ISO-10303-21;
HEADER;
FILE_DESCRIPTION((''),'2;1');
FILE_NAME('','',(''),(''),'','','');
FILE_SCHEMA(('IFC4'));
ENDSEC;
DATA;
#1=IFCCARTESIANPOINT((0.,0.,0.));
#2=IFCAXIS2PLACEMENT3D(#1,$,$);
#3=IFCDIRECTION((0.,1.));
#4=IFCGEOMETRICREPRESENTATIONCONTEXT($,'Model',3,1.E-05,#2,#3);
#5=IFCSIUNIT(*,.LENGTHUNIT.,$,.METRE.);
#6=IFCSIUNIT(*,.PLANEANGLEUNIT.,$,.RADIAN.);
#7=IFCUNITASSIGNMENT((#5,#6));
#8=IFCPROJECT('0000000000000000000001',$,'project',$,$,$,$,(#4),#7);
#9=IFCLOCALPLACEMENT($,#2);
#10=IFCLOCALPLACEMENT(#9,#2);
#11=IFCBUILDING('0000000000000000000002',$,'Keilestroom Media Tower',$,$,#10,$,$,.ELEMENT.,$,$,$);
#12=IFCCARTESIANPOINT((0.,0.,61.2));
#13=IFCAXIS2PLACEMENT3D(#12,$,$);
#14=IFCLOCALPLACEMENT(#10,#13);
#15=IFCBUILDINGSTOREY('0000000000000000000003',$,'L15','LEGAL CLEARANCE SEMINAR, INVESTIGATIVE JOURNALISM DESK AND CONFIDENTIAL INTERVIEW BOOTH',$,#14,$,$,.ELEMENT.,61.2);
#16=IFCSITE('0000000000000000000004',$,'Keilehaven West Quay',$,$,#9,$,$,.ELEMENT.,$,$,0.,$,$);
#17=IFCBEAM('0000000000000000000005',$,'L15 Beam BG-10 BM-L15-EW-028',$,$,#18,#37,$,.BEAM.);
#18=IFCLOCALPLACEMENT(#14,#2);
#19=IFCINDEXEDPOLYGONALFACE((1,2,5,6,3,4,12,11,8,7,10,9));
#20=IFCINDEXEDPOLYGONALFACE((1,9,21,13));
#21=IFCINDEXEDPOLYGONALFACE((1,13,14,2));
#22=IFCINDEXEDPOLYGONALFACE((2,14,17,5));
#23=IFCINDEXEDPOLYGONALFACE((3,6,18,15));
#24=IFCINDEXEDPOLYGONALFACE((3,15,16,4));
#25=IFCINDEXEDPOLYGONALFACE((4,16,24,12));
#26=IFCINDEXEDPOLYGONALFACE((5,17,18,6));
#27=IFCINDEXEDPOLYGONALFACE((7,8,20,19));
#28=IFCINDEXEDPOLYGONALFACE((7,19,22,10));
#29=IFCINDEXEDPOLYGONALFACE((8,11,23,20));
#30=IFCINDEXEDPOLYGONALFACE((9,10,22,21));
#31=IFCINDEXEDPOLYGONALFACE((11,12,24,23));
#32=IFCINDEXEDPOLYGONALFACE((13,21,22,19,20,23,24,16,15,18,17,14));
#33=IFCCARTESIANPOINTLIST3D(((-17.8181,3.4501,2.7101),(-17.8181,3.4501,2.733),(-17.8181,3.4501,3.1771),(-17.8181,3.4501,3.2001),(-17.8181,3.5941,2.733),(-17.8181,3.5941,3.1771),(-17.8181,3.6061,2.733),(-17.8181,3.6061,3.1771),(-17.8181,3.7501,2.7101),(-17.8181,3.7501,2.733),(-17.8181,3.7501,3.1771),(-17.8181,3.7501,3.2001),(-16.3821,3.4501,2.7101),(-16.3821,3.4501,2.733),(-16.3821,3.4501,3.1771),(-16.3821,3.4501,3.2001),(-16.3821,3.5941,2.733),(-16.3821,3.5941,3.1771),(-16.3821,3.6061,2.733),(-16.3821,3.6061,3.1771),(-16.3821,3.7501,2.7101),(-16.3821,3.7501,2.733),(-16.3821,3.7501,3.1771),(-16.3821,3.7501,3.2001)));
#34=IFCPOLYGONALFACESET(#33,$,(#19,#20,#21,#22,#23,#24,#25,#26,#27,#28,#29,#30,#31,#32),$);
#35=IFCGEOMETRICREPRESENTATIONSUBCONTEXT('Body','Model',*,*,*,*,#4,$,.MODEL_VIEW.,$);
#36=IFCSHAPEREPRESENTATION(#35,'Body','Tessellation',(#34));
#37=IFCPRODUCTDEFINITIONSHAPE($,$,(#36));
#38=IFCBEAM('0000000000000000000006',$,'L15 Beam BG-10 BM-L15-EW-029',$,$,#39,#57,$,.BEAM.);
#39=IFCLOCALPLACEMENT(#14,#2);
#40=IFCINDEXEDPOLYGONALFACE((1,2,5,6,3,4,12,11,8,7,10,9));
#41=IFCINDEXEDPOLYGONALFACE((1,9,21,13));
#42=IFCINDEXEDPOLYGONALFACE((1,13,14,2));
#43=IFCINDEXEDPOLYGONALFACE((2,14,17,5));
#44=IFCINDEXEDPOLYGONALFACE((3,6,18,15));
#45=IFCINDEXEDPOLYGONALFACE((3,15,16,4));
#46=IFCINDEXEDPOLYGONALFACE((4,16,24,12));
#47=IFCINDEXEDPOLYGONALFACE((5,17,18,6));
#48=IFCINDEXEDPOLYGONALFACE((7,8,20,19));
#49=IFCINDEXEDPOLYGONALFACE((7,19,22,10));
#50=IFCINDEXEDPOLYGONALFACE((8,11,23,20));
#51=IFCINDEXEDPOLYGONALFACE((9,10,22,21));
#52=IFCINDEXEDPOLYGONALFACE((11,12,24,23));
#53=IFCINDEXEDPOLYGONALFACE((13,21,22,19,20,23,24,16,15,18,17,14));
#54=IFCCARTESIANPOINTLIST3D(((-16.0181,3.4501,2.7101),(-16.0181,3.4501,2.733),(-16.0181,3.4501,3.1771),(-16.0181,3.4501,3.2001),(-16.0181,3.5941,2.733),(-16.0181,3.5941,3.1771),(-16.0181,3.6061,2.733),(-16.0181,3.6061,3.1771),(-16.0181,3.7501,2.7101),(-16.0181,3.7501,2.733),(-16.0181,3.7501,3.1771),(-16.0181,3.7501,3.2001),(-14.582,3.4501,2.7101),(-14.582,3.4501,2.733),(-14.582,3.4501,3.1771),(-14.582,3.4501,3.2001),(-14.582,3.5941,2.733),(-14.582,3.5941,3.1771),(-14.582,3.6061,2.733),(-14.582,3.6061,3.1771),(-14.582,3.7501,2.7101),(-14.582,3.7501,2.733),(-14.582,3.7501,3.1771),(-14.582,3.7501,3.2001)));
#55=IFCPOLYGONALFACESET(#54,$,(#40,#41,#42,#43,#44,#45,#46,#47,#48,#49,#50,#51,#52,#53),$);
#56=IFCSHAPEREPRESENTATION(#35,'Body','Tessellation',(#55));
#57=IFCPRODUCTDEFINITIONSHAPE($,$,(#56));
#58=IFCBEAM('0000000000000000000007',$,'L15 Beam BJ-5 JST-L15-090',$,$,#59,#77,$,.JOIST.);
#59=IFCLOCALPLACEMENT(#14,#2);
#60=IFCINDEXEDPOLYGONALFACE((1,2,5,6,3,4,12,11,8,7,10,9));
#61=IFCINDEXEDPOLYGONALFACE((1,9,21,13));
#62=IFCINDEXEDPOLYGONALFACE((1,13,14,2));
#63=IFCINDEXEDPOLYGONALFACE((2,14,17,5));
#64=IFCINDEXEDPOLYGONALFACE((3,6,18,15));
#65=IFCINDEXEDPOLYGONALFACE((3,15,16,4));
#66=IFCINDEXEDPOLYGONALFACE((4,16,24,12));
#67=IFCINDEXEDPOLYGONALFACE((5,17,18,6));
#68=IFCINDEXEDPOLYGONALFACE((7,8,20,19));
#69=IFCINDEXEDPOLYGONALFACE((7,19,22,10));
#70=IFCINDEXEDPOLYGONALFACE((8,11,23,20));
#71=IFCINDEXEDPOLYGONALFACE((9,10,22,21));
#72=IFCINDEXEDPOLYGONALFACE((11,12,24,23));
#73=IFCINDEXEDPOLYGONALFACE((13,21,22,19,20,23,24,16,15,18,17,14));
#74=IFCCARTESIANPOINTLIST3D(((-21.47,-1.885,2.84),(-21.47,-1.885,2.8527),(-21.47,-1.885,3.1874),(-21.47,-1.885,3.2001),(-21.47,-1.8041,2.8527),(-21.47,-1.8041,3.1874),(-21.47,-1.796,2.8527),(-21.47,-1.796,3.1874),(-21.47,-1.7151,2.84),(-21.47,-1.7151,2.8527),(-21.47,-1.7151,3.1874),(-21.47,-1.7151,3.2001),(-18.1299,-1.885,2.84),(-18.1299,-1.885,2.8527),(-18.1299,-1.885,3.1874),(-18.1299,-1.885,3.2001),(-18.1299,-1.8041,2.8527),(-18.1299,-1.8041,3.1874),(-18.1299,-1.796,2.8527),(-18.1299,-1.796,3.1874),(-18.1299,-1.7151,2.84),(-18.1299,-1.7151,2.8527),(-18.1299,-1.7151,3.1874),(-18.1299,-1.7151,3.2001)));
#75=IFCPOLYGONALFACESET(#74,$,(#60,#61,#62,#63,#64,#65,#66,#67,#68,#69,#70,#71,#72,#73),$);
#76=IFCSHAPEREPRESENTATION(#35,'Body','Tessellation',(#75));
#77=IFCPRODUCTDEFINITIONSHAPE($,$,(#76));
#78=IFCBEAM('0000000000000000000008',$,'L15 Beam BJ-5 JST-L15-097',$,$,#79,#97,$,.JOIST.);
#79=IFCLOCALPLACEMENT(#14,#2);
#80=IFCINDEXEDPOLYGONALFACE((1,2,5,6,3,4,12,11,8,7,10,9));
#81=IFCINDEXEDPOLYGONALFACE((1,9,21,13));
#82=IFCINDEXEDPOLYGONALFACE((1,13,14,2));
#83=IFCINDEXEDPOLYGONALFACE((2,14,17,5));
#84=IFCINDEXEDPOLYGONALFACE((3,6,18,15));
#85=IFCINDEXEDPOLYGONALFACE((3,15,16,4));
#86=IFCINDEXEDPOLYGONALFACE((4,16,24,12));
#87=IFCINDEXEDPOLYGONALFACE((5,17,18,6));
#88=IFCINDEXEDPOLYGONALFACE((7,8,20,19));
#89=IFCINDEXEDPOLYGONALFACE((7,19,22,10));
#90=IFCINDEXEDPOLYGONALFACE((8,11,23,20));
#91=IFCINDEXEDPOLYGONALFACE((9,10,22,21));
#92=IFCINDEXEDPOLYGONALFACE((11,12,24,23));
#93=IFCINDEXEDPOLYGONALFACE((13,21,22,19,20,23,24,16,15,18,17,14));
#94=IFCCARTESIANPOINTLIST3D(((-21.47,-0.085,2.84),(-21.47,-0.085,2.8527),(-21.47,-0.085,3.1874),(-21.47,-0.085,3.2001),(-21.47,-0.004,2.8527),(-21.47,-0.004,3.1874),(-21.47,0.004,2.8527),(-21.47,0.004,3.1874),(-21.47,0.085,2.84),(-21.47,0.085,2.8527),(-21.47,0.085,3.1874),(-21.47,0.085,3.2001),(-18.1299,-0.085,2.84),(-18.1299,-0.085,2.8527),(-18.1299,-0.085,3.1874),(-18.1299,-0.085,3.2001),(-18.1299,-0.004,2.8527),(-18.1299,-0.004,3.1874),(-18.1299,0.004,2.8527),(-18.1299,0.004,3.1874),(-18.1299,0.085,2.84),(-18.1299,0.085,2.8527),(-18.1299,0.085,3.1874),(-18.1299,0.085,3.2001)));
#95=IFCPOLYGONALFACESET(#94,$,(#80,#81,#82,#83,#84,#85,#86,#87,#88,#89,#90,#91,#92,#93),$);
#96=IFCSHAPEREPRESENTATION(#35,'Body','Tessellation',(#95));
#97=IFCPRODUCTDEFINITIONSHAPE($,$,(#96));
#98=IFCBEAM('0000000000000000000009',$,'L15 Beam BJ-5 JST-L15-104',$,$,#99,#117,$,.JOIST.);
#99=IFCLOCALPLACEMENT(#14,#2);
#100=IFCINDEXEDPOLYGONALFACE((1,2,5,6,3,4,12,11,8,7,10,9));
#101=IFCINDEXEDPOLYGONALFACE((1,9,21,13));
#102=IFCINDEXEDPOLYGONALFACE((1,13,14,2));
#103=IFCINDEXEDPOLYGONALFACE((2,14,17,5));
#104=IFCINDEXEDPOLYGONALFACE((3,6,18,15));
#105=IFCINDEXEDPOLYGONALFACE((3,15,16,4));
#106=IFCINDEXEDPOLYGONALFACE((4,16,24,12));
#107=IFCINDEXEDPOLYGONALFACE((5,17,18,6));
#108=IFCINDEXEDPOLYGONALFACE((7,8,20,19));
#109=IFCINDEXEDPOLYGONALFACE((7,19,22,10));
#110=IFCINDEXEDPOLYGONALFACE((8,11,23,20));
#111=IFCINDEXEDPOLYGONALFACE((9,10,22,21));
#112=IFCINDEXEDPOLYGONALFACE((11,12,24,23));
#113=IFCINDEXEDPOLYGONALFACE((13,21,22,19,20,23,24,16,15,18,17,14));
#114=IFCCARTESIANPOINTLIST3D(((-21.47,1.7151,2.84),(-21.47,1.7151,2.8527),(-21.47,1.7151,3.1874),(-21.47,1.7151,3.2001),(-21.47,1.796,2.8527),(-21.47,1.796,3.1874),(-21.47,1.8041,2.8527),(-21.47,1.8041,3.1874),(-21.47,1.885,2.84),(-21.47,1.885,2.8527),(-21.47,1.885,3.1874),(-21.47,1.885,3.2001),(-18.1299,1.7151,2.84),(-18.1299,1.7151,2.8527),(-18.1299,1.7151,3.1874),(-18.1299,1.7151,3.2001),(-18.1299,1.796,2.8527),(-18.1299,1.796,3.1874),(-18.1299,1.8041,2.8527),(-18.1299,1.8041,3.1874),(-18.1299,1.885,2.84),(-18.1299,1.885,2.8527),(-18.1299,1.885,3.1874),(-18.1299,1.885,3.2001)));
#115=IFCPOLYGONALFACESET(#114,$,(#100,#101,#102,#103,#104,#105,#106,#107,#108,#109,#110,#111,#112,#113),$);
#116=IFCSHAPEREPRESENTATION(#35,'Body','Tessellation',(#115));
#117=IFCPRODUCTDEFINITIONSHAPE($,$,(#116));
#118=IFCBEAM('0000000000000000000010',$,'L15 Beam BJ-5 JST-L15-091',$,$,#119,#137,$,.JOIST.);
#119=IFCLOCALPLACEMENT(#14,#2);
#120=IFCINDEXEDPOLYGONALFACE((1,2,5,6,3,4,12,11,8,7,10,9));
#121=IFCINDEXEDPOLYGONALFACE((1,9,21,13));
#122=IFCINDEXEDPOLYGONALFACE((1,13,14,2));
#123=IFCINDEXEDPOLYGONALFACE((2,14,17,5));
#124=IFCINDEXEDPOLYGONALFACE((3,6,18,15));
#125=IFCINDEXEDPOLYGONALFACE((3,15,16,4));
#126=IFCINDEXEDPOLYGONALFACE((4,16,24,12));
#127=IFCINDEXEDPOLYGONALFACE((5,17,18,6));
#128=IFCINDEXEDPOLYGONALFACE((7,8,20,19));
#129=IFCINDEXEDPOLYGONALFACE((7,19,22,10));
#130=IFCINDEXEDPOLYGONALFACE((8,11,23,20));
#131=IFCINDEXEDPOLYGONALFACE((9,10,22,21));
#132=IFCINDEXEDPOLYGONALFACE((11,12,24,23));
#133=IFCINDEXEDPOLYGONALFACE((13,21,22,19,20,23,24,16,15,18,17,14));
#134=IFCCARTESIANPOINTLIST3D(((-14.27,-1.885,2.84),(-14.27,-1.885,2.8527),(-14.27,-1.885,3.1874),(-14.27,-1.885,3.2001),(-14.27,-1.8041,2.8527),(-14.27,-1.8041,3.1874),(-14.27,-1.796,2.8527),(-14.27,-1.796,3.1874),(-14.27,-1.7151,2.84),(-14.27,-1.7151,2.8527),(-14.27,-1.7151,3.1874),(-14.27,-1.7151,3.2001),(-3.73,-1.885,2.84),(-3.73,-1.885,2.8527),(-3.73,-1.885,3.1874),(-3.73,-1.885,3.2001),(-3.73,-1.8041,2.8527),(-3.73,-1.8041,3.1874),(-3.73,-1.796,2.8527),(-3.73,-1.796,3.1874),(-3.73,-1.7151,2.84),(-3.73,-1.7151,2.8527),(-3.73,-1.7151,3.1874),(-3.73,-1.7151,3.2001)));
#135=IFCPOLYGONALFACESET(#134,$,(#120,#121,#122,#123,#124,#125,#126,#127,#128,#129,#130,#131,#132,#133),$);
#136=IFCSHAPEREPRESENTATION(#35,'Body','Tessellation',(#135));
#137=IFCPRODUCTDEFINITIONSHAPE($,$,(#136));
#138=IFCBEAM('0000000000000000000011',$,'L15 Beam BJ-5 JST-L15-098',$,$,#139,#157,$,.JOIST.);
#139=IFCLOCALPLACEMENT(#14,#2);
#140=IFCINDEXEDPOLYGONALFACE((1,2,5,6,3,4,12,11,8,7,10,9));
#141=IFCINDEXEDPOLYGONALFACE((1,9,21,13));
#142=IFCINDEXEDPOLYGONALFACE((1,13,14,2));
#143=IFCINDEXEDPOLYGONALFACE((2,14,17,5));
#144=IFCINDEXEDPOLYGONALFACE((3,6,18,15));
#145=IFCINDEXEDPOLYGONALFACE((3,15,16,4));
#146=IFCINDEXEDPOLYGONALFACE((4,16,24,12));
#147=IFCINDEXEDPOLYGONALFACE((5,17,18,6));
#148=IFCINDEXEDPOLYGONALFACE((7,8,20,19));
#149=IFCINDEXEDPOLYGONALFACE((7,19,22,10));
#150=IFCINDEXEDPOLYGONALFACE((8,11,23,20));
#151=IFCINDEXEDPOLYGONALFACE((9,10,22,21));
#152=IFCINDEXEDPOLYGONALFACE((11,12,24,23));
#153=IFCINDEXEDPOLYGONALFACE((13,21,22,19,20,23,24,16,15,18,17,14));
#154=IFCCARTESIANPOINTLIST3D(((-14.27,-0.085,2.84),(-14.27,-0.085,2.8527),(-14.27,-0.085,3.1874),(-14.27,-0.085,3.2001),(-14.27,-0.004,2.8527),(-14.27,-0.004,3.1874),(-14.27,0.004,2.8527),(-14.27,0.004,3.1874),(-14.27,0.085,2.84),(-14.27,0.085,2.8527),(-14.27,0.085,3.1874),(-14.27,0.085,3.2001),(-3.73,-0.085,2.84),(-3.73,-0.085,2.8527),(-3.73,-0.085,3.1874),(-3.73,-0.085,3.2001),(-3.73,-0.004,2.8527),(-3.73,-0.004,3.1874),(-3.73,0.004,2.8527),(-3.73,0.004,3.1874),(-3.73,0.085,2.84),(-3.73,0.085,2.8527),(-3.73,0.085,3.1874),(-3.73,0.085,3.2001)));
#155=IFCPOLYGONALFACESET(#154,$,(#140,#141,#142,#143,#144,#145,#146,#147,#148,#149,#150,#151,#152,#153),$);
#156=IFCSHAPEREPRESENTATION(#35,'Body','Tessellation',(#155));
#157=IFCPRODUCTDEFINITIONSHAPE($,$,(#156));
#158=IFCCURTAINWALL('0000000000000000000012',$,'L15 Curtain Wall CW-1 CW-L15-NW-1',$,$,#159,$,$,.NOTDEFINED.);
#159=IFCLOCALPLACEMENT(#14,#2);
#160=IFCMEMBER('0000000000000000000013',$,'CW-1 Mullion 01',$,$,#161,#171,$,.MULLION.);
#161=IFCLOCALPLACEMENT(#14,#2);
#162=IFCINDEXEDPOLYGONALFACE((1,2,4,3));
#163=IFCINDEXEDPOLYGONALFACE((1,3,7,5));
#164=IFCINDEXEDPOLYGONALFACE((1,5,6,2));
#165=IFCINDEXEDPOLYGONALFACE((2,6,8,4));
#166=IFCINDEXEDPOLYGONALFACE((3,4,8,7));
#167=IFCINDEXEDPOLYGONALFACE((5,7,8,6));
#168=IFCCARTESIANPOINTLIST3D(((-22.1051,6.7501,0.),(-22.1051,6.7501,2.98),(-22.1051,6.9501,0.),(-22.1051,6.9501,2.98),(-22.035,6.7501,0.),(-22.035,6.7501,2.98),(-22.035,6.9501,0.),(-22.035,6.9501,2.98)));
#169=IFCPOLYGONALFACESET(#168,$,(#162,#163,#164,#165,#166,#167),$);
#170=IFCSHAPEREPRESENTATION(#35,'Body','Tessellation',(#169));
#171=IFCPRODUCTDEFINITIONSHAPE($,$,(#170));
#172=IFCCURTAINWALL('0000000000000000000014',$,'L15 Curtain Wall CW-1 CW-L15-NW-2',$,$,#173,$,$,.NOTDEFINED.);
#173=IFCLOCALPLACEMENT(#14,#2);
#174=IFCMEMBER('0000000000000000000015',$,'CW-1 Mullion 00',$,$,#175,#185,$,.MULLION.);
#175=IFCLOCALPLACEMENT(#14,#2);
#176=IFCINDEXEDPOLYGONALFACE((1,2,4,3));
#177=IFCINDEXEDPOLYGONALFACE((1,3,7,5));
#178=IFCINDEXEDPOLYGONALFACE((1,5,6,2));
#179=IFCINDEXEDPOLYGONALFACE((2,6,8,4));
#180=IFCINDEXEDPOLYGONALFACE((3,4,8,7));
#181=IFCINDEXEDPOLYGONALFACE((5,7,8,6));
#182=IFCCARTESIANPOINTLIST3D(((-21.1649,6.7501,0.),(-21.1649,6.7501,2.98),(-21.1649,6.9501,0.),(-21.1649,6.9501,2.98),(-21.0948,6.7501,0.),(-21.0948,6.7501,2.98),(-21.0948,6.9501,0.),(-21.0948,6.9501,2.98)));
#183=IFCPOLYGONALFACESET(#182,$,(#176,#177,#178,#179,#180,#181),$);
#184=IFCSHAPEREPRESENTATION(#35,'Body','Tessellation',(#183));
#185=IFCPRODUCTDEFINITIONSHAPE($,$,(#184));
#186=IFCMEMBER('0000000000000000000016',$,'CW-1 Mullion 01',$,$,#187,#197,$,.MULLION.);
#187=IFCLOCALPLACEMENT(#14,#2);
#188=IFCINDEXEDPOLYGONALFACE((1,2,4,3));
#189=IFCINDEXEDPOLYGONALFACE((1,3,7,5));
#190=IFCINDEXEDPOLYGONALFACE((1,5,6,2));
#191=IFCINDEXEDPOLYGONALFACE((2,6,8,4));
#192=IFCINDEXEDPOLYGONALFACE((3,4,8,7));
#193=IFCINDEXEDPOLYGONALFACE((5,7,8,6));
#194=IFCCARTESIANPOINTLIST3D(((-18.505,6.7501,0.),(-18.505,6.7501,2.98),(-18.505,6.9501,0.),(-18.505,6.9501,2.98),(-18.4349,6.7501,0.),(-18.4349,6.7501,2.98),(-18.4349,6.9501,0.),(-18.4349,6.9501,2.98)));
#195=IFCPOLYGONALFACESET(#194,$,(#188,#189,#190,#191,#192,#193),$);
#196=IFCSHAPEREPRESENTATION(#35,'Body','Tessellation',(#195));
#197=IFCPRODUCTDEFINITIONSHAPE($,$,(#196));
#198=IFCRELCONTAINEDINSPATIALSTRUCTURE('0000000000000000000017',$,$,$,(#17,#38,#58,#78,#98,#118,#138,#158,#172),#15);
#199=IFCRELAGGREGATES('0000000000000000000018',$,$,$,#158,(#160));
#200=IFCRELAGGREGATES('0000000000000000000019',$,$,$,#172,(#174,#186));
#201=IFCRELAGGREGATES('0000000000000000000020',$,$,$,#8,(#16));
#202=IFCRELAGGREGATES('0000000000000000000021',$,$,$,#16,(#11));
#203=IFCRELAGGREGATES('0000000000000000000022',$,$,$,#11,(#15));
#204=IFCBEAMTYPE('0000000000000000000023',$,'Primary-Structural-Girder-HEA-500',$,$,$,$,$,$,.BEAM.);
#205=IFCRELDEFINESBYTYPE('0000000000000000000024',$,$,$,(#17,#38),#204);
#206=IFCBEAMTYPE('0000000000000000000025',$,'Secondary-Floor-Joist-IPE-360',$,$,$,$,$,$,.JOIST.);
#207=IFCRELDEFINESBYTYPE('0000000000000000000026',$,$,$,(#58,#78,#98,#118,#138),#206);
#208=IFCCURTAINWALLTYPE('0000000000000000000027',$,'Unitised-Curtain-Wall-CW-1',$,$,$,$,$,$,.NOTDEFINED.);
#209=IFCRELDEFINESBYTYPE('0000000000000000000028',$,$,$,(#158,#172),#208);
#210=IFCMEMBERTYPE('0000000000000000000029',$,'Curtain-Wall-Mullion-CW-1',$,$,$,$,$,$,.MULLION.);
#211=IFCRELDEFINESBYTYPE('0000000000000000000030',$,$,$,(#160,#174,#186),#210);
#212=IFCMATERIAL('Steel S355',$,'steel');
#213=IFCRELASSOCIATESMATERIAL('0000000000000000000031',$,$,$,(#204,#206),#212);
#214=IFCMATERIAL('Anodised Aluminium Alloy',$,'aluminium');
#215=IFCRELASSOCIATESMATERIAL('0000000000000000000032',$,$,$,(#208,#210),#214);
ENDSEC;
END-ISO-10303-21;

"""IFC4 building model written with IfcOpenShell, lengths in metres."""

from ifc_helpers import new_model, si_unit, direction, frame, origin, origin_2d, place, context, subcontext, project, spatial, rectangle, i_section, extrude, source, transform, mapped, material, material_profile, profile_set, type_object, element, aggregate, save


model = new_model("IFC4")

# Units and contexts
model_context = context("Model", 3, precision=1e-05, world=origin(), true_north=direction((0.0, 1.0)))
body_context = subcontext(model_context, "Body", "Model", "MODEL_VIEW")
ifc_project = project(units=[si_unit("LENGTHUNIT", "METRE"), si_unit("PLANEANGLEUNIT", "RADIAN")], contexts=[model_context])

# Site, building, storey
site_placement = place(None, origin())
site = spatial("IfcSite", under=ifc_project, at=site_placement, Name="Keilehaven West Quay", CompositionType="ELEMENT", RefElevation=0.0)
building_placement = place(site_placement, origin())
building = spatial("IfcBuilding", under=site, at=building_placement, Name="Keilestroom Media Tower", CompositionType="ELEMENT")
storey_placement = place(building_placement, frame((0.0, 0.0, 61.2)))
storey = spatial("IfcBuildingStorey", under=building, at=storey_placement, Name="L15", Description="LEGAL CLEARANCE SEMINAR, INVESTIGATIVE JOURNALISM DESK AND CONFIDENTIAL INTERVIEW BOOTH", CompositionType="ELEMENT", Elevation=61.2)

# Beams
ifc_material_1 = material(Name="Steel S355", Category="steel")
ifc_material_profile_1 = material_profile(ifc_material_1, i_section(OverallWidth=0.3, OverallDepth=0.49, WebThickness=0.012, FlangeThickness=0.0229, at=origin_2d()), Name="HEA 500")
ifc_profile_set_1 = profile_set([ifc_material_profile_1], Name="Steel S355")
beam_type_1 = type_object("IfcBeamType", Name="Primary-Structural-Girder-HEA-500", PredefinedType="BEAM", material=ifc_profile_set_1)
shared_shape_1 = source(origin(), body_context, "Body", "SweptSolid", [
    extrude(i_section(OverallWidth=0.3, OverallDepth=0.49, WebThickness=0.012, FlangeThickness=0.0229, at=origin_2d()), origin(), (0.0, 0.0, 1.0), 1.436),
])
for number, where, z_axis, x_axis, name in (
    (1, (-17.8181, 3.6001, 2.9551), (1.0, 0.0, 0.0), (0.0, 1.0, 0.0), "L15 Beam BG-10 BM-L15-EW-028"),
    (2, (-16.0181, 3.6001, 2.9551), (1.0, 0.0, 0.0), (0.0, 1.0, 0.0), "L15 Beam BG-10 BM-L15-EW-029"),
):
    element("IfcBeam", number, at=place(storey_placement, frame(where, z_axis=z_axis, x_axis=x_axis)), inside=storey, type_object=beam_type_1, Name=name, PredefinedType="BEAM", context=body_context, shape_type="MappedRepresentation", body=[
        mapped(shared_shape_1, transform((0.0, 0.0, 0.0), x_axis=(1.0, 0.0, 0.0), y_axis=(0.0, 1.0, 0.0), z_axis=(0.0, 0.0, 1.0), scale=1.0)),
    ])
ifc_material_profile_2 = material_profile(ifc_material_1, i_section(OverallWidth=0.1699, OverallDepth=0.3601, WebThickness=0.0081, FlangeThickness=0.0127, at=origin_2d()), Name="IPE 360")
ifc_profile_set_2 = profile_set([ifc_material_profile_2], Name="Steel S355")
beam_type_2 = type_object("IfcBeamType", Name="Secondary-Floor-Joist-IPE-360", PredefinedType="JOIST", material=ifc_profile_set_2)
shared_shape_2 = source(origin(), body_context, "Body", "SweptSolid", [
    extrude(i_section(OverallWidth=0.1699, OverallDepth=0.3601, WebThickness=0.0081, FlangeThickness=0.0127, at=origin_2d()), origin(), (0.0, 0.0, 1.0), 3.3401),
])
for number, where, z_axis, x_axis, name in (
    (3, (-21.47, -1.8, 3.02), (1.0, 0.0, 0.0), (0.0, 1.0, 0.0), "L15 Beam BJ-5 JST-L15-090"),
    (4, (-21.47, 0.0, 3.02), (1.0, 0.0, 0.0), (0.0, 1.0, 0.0), "L15 Beam BJ-5 JST-L15-097"),
    (5, (-21.47, 1.8, 3.02), (1.0, 0.0, 0.0), (0.0, 1.0, 0.0), "L15 Beam BJ-5 JST-L15-104"),
):
    element("IfcBeam", number, at=place(storey_placement, frame(where, z_axis=z_axis, x_axis=x_axis)), inside=storey, type_object=beam_type_2, Name=name, PredefinedType="JOIST", context=body_context, shape_type="MappedRepresentation", body=[
        mapped(shared_shape_2, transform((0.0, 0.0, 0.0), x_axis=(1.0, 0.0, 0.0), y_axis=(0.0, 1.0, 0.0), z_axis=(0.0, 0.0, 1.0), scale=1.0)),
    ])
shared_shape_3 = source(origin(), body_context, "Body", "SweptSolid", [
    extrude(i_section(OverallWidth=0.1699, OverallDepth=0.3601, WebThickness=0.0081, FlangeThickness=0.0127, at=origin_2d()), origin(), (0.0, 0.0, 1.0), 10.54),
])
for number, where, z_axis, x_axis, name in (
    (6, (-14.27, -1.8, 3.02), (1.0, 0.0, 0.0), (0.0, 1.0, 0.0), "L15 Beam BJ-5 JST-L15-091"),
    (7, (-14.27, 0.0, 3.02), (1.0, 0.0, 0.0), (0.0, 1.0, 0.0), "L15 Beam BJ-5 JST-L15-098"),
):
    element("IfcBeam", number, at=place(storey_placement, frame(where, z_axis=z_axis, x_axis=x_axis)), inside=storey, type_object=beam_type_2, Name=name, PredefinedType="JOIST", context=body_context, shape_type="MappedRepresentation", body=[
        mapped(shared_shape_3, transform((0.0, 0.0, 0.0), x_axis=(1.0, 0.0, 0.0), y_axis=(0.0, 1.0, 0.0), z_axis=(0.0, 0.0, 1.0), scale=1.0)),
    ])

# Curtain wall, member
ifc_material_2 = material(Name="Anodised Aluminium Alloy", Category="aluminium")
curtain_wall_type = type_object("IfcCurtainWallType", Name="Unitised-Curtain-Wall-CW-1", PredefinedType="NOTDEFINED", material=ifc_material_2)
curtain_wall_1_placement = place(storey_placement, origin())
curtain_wall_1 = element("IfcCurtainWall", 8, at=curtain_wall_1_placement, inside=storey, type_object=curtain_wall_type, Name="L15 Curtain Wall CW-1 CW-L15-NW-1", PredefinedType="NOTDEFINED")
ifc_material_profile_3 = material_profile(ifc_material_2, rectangle(XDim=0.0701, YDim=0.2, at=origin_2d()), Name="ALU MULLION 70x200")
ifc_profile_set_3 = profile_set([ifc_material_profile_3], Name="Anodised Aluminium Alloy")
member_type_1 = type_object("IfcMemberType", Name="Curtain-Wall-Mullion-CW-1", PredefinedType="MULLION", material=ifc_profile_set_3)
shared_shape_4 = source(origin(), body_context, "Body", "SweptSolid", [
    extrude(rectangle(XDim=0.0701, YDim=0.2, at=origin_2d()), origin(), (0.0, 0.0, 1.0), 2.98),
])
member_1_placement = place(storey_placement, frame((-22.0701, 6.8501, 0.0), z_axis=(0.0, 0.0, 1.0), x_axis=(1.0, 0.0, 0.0)))
member_1 = element("IfcMember", 9, at=member_1_placement, type_object=member_type_1, Name="CW-1 Mullion 01", PredefinedType="MULLION", context=body_context, shape_type="MappedRepresentation", body=[
    mapped(shared_shape_4, transform((0.0, 0.0, 0.0), x_axis=(1.0, 0.0, 0.0), y_axis=(0.0, 1.0, 0.0), z_axis=(0.0, 0.0, 1.0), scale=1.0)),
])
aggregate(curtain_wall_1, [member_1])

# Curtain wall, members
curtain_wall_2_placement = place(storey_placement, origin())
curtain_wall_2 = element("IfcCurtainWall", 10, at=curtain_wall_2_placement, inside=storey, type_object=curtain_wall_type, Name="L15 Curtain Wall CW-1 CW-L15-NW-2", PredefinedType="NOTDEFINED")
member_2_placement = place(storey_placement, frame((-21.1299, 6.8501, 0.0), z_axis=(0.0, 0.0, 1.0), x_axis=(1.0, 0.0, 0.0)))
member_2 = element("IfcMember", 11, at=member_2_placement, type_object=member_type_1, Name="CW-1 Mullion 00", PredefinedType="MULLION", context=body_context, shape_type="MappedRepresentation", body=[
    mapped(shared_shape_4, transform((0.0, 0.0, 0.0), x_axis=(1.0, 0.0, 0.0), y_axis=(0.0, 1.0, 0.0), z_axis=(0.0, 0.0, 1.0), scale=1.0)),
])
member_3_placement = place(storey_placement, frame((-18.47, 6.8501, 0.0), z_axis=(0.0, 0.0, 1.0), x_axis=(1.0, 0.0, 0.0)))
member_3 = element("IfcMember", 12, at=member_3_placement, type_object=member_type_1, Name="CW-1 Mullion 01", PredefinedType="MULLION", context=body_context, shape_type="MappedRepresentation", body=[
    mapped(shared_shape_4, transform((0.0, 0.0, 0.0), x_axis=(1.0, 0.0, 0.0), y_axis=(0.0, 1.0, 0.0), z_axis=(0.0, 0.0, 1.0), scale=1.0)),
])

aggregate(curtain_wall_2, [member_2, member_3])

save(model, "model.ifc")
